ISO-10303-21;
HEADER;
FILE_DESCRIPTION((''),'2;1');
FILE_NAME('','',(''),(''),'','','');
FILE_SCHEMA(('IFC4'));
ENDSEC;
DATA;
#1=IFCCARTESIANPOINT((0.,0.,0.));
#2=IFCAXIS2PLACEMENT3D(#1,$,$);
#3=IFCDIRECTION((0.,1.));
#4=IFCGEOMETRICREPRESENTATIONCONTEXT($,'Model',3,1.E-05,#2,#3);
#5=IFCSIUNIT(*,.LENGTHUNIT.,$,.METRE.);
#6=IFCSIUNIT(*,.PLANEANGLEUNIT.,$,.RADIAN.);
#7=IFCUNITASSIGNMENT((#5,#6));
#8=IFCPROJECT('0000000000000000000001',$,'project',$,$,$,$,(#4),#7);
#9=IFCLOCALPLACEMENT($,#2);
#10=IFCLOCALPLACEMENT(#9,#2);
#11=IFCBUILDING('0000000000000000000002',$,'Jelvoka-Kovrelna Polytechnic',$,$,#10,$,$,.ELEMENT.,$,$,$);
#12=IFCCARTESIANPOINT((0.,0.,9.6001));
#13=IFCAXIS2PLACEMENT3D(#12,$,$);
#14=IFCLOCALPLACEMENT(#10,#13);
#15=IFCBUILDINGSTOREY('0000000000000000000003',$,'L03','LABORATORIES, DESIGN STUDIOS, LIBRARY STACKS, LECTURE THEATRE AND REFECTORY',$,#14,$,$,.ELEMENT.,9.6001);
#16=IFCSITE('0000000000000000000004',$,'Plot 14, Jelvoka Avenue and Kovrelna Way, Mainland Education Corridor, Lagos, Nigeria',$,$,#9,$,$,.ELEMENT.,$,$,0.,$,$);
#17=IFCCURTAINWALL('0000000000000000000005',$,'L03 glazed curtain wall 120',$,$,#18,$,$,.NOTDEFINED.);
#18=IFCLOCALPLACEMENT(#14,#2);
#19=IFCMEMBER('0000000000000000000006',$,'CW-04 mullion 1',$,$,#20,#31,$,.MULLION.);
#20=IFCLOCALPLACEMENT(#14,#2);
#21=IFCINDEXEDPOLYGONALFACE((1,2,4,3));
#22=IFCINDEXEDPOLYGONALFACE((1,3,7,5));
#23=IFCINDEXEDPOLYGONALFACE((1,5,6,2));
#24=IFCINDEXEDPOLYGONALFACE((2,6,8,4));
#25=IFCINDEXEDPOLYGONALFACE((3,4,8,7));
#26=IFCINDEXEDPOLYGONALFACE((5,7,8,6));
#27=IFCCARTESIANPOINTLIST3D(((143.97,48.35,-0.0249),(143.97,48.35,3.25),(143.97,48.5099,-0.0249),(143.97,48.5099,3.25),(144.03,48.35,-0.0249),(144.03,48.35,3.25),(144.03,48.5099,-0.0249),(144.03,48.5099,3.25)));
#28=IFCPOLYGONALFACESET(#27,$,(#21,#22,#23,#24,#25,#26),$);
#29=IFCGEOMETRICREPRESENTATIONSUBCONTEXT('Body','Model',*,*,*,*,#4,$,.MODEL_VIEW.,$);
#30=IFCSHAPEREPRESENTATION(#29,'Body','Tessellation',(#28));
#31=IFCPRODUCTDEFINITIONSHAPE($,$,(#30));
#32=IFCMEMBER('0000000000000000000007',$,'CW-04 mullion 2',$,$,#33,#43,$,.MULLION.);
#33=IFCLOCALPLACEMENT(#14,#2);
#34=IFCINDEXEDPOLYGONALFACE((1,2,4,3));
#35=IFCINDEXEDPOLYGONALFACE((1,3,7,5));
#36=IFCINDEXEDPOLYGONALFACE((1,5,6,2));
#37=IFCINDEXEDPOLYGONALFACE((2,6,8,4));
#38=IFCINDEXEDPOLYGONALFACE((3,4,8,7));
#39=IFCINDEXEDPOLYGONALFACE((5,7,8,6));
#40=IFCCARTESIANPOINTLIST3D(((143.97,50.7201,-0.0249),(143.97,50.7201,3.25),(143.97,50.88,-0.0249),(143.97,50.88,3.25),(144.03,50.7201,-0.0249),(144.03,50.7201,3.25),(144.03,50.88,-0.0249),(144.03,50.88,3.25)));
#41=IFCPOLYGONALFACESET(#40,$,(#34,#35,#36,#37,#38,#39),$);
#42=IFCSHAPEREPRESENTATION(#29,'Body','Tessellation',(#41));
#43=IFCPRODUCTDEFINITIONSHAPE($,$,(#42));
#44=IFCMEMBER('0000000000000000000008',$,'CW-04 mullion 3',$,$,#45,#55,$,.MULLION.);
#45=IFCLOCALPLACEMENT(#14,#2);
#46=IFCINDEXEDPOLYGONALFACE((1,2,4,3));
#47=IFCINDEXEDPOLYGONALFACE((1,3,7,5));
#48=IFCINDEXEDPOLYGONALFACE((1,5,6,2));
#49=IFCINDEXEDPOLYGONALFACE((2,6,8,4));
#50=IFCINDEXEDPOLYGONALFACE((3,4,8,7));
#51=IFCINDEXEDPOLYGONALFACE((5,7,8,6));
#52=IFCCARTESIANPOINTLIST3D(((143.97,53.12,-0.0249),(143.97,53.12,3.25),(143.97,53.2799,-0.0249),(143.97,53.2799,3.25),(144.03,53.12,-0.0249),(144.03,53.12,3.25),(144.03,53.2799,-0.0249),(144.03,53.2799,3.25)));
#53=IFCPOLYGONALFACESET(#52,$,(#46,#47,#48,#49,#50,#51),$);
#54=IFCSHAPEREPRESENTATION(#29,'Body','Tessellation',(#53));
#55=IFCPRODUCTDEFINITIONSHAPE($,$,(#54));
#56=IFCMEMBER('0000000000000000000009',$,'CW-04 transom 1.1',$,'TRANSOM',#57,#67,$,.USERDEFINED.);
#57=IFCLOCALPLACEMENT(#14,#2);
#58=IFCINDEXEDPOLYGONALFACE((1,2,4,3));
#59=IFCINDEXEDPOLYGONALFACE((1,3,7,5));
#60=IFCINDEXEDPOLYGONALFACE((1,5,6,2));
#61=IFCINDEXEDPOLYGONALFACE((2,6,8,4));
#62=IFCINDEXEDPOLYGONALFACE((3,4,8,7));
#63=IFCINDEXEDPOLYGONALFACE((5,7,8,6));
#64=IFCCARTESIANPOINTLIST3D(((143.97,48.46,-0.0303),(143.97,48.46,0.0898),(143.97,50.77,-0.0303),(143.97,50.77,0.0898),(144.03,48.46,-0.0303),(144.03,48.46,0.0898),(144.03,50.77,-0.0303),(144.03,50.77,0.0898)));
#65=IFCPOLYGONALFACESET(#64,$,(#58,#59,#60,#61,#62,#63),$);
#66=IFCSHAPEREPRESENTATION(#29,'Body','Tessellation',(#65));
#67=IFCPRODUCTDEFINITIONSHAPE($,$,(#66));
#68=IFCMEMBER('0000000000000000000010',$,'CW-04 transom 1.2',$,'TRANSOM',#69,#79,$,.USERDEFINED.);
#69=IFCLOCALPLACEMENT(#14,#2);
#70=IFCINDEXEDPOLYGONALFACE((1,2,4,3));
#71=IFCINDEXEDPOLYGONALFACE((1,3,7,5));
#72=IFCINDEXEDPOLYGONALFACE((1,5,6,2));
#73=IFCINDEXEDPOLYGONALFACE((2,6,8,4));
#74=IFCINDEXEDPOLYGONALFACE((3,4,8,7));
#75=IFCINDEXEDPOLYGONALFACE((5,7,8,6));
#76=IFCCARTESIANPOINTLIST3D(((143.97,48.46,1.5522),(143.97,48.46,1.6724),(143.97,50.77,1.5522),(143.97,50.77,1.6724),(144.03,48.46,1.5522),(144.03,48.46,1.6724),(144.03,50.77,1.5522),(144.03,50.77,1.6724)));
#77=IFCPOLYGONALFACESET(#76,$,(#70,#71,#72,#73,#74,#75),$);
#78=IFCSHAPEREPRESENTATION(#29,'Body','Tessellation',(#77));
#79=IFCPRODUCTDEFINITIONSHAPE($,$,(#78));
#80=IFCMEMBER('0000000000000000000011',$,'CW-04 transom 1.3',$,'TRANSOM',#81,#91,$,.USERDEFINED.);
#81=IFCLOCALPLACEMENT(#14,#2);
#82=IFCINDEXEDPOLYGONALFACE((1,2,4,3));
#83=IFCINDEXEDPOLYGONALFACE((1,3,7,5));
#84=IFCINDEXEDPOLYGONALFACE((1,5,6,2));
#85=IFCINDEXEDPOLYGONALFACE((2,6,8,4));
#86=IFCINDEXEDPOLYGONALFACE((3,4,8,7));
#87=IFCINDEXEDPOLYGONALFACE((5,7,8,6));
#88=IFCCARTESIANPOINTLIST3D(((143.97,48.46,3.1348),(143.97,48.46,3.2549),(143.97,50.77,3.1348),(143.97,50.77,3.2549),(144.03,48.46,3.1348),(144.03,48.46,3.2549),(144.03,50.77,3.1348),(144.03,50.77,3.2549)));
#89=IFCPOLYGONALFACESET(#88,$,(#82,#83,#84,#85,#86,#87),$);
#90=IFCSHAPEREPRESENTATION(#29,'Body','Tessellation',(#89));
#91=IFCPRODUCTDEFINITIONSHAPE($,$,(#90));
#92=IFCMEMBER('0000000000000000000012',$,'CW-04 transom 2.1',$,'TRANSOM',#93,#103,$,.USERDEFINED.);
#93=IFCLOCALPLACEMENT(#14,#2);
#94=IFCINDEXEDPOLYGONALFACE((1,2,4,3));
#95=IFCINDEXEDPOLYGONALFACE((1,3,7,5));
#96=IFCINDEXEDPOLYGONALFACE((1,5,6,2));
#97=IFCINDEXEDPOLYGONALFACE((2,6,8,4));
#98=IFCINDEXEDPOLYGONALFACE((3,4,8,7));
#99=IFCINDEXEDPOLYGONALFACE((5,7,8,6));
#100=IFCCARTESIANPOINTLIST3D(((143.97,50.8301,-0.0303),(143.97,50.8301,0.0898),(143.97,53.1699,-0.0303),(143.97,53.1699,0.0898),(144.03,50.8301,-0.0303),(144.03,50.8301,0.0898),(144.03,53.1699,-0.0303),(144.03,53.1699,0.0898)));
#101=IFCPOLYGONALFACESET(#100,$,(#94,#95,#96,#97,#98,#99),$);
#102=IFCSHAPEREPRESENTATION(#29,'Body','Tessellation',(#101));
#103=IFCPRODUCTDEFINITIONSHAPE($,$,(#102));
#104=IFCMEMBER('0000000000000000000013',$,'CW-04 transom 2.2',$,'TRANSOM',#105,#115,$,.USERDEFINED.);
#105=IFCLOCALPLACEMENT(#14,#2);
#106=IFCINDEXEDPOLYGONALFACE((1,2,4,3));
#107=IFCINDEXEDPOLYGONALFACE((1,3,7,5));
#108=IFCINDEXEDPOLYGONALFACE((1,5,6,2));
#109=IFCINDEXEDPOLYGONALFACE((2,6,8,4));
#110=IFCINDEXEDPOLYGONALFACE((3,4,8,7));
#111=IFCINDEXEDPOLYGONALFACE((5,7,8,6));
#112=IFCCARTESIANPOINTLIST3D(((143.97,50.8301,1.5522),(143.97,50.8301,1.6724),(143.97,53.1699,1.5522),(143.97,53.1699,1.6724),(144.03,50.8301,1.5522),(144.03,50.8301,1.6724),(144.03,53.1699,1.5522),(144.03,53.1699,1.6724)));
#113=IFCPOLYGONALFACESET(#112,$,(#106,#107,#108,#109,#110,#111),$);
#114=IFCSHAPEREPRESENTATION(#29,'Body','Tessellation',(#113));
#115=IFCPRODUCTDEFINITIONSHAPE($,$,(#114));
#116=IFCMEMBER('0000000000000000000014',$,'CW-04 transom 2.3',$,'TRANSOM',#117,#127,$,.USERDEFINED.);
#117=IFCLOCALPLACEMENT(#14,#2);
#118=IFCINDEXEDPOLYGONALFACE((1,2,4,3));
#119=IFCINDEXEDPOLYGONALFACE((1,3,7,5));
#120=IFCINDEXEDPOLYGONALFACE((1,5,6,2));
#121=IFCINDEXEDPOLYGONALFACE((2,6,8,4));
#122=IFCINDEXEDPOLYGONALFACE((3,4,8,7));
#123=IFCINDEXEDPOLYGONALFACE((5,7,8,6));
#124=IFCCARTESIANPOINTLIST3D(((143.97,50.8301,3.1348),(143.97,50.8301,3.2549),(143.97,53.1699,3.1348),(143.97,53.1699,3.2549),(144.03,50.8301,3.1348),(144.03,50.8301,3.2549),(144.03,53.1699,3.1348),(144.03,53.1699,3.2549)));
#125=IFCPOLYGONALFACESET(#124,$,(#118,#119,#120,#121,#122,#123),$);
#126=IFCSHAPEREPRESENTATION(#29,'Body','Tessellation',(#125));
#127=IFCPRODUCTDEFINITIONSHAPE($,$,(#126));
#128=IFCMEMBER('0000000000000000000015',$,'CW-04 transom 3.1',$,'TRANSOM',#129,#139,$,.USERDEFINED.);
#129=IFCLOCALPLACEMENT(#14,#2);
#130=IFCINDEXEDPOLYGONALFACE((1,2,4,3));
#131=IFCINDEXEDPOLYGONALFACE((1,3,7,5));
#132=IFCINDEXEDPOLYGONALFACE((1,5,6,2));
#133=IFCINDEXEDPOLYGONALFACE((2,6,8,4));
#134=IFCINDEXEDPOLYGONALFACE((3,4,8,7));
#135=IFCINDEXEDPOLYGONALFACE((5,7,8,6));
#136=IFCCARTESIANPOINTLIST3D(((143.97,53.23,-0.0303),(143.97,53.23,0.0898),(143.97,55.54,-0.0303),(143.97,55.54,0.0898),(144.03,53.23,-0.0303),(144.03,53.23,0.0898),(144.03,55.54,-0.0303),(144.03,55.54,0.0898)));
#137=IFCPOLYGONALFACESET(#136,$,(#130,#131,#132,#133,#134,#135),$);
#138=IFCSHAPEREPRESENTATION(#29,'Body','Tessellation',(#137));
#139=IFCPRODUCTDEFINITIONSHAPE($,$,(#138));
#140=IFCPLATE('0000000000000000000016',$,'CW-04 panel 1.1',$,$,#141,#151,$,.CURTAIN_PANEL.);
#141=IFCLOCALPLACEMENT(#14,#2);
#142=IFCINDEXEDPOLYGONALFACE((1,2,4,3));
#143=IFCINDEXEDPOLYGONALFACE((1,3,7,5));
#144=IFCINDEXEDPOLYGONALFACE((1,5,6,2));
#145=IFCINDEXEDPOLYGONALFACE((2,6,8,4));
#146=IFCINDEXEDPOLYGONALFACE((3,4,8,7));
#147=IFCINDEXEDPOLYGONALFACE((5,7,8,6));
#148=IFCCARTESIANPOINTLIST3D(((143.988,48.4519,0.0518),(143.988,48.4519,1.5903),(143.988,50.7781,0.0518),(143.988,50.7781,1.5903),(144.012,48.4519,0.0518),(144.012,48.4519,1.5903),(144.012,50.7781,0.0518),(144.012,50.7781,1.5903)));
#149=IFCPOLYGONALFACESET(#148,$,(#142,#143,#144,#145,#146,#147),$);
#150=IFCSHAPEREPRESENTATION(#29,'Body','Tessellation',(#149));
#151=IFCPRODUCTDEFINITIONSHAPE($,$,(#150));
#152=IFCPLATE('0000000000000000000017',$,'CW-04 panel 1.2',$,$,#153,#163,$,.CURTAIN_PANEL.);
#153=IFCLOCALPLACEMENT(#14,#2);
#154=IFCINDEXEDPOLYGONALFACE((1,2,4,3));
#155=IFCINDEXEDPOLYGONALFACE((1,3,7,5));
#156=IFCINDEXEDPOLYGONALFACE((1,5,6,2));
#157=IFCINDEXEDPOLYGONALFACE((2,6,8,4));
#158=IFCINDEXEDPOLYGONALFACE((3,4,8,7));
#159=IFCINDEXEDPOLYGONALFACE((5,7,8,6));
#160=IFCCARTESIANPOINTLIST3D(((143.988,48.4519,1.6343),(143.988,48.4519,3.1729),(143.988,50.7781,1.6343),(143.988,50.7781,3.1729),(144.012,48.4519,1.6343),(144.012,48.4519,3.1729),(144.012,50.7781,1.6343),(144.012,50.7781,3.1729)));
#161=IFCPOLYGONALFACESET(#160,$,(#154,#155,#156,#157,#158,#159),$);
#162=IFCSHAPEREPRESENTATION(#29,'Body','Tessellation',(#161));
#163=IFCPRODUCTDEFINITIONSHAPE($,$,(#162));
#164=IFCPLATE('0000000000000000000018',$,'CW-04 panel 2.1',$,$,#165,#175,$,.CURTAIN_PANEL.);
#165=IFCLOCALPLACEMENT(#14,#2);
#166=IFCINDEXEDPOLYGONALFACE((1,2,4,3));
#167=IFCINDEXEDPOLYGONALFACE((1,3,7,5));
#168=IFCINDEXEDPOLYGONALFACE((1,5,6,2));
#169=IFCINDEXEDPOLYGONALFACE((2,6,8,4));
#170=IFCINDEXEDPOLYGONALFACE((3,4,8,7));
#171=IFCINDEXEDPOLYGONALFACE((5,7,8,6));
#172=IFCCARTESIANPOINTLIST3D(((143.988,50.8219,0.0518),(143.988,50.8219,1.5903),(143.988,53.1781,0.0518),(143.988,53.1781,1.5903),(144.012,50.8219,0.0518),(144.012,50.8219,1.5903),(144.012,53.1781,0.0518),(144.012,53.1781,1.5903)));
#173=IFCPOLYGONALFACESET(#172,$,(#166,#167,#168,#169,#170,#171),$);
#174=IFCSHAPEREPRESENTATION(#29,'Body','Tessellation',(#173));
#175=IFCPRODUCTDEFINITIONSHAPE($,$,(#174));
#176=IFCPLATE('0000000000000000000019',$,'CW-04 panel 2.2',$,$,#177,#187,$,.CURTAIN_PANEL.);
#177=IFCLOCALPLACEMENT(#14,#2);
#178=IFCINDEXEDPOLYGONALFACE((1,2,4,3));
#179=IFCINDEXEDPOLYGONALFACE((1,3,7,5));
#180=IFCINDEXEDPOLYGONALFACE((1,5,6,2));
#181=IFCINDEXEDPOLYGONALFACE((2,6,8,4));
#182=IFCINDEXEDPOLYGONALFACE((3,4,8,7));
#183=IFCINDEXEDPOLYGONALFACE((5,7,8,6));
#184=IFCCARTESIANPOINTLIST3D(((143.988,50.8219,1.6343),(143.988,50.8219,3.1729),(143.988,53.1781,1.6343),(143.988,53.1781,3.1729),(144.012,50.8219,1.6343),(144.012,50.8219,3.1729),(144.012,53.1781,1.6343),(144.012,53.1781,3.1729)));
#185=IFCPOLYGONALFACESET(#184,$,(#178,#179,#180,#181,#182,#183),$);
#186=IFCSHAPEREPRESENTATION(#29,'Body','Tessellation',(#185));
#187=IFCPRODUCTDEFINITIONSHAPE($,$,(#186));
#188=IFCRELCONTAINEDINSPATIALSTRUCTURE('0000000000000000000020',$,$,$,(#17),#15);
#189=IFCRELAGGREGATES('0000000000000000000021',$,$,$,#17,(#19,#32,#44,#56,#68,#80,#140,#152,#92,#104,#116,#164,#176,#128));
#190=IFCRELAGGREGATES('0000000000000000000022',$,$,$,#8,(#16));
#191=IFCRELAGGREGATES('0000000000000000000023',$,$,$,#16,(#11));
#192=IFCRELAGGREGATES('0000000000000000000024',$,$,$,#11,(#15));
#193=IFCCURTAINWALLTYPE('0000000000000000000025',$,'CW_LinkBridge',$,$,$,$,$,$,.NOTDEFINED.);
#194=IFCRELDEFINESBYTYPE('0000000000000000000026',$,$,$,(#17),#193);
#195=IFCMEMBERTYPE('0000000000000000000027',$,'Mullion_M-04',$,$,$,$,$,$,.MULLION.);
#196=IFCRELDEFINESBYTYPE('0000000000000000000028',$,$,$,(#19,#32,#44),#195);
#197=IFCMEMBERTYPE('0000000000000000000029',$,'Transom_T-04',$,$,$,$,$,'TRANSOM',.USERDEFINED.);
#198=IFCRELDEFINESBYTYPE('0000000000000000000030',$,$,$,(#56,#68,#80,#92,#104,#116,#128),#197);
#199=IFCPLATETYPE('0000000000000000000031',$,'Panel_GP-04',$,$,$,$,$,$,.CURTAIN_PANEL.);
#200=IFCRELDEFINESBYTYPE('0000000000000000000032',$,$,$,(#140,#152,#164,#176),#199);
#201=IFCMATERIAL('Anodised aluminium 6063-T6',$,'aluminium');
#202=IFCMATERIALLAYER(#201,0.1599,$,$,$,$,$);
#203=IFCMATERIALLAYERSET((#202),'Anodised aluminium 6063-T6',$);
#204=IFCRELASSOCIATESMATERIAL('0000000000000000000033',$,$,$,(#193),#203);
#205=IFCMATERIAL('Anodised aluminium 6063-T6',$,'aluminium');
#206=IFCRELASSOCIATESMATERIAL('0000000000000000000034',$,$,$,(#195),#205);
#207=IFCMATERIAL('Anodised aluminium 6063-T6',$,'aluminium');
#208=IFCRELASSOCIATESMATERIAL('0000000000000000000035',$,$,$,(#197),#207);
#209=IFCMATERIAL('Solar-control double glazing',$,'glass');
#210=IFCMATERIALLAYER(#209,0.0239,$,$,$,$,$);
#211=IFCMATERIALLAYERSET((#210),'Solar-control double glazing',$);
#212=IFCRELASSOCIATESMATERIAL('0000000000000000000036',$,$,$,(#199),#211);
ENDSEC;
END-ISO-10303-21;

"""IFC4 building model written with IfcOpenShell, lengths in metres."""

from ifc_helpers import new_model, si_unit, direction, frame, origin, origin_2d, place, context, subcontext, project, spatial, rectangle, extrude, material, layer, layer_set, material_profile, profile_set, type_object, element, aggregate, save


model = new_model("IFC4")

# Units and contexts
model_context = context("Model", 3, precision=1e-05, world=origin(), true_north=direction((0.0, 1.0)))
body_context = subcontext(model_context, "Body", "Model", "MODEL_VIEW")
ifc_project = project(units=[si_unit("LENGTHUNIT", "METRE"), si_unit("PLANEANGLEUNIT", "RADIAN")], contexts=[model_context])

# Site, building, storey
site_placement = place(None, origin())
site = spatial("IfcSite", under=ifc_project, at=site_placement, Name="Plot 14, Jelvoka Avenue and Kovrelna Way, Mainland Education Corridor, Lagos, Nigeria", CompositionType="ELEMENT", RefElevation=0.0)
building_placement = place(site_placement, origin())
building = spatial("IfcBuilding", under=site, at=building_placement, Name="Jelvoka-Kovrelna Polytechnic", CompositionType="ELEMENT")
storey_placement = place(building_placement, frame((0.0, 0.0, 9.6001)))
storey = spatial("IfcBuildingStorey", under=building, at=storey_placement, Name="L03", Description="LABORATORIES, DESIGN STUDIOS, LIBRARY STACKS, LECTURE THEATRE AND REFECTORY", CompositionType="ELEMENT", Elevation=9.6001)

# Curtain wall, members, plates
ifc_material_1 = material(Name="Anodised aluminium 6063-T6", Category="aluminium")
ifc_layer_1 = layer(ifc_material_1, 0.1599)
ifc_layer_set_1 = layer_set([ifc_layer_1], Name="Anodised aluminium 6063-T6")
curtain_wall_type_1 = type_object("IfcCurtainWallType", Name="CW_LinkBridge", PredefinedType="NOTDEFINED", material=ifc_layer_set_1)
curtain_wall_1_placement = place(storey_placement, origin())
curtain_wall_1 = element("IfcCurtainWall", 1, at=curtain_wall_1_placement, inside=storey, type_object=curtain_wall_type_1, Name="L03 glazed curtain wall 120", PredefinedType="NOTDEFINED")
ifc_material_2 = material(Name="Anodised aluminium 6063-T6", Category="aluminium")
ifc_material_profile_1 = material_profile(ifc_material_2, rectangle(XDim=0.0601, YDim=0.1599, at=origin_2d()), Name="ALU 60x160")
ifc_profile_set_1 = profile_set([ifc_material_profile_1], Name="Anodised aluminium 6063-T6")
member_type_1 = type_object("IfcMemberType", Name="Mullion_M-04", PredefinedType="MULLION", material=ifc_profile_set_1)
member_1_placement = place(storey_placement, frame((144.0, 48.4299, -0.0249), z_axis=(0.0, 0.0, 1.0), x_axis=(-1.0, 0.0, 0.0)))
member_1 = element("IfcMember", 2, at=member_1_placement, type_object=member_type_1, Name="CW-04 mullion 1", PredefinedType="MULLION", context=body_context, shape_type="SweptSolid", body=[
    extrude(rectangle(XDim=0.0601, YDim=0.1599, at=origin_2d()), origin(), (0.0, 0.0, 1.0), 3.2749),
])
member_2_placement = place(storey_placement, frame((144.0, 50.8, -0.0249), z_axis=(0.0, 0.0, 1.0), x_axis=(-1.0, 0.0, 0.0)))
member_2 = element("IfcMember", 3, at=member_2_placement, type_object=member_type_1, Name="CW-04 mullion 2", PredefinedType="MULLION", context=body_context, shape_type="SweptSolid", body=[
    extrude(rectangle(XDim=0.0601, YDim=0.1599, at=origin_2d()), origin(), (0.0, 0.0, 1.0), 3.2749),
])
member_3_placement = place(storey_placement, frame((144.0, 53.2, -0.0249), z_axis=(0.0, 0.0, 1.0), x_axis=(-1.0, 0.0, 0.0)))
member_3 = element("IfcMember", 4, at=member_3_placement, type_object=member_type_1, Name="CW-04 mullion 3", PredefinedType="MULLION", context=body_context, shape_type="SweptSolid", body=[
    extrude(rectangle(XDim=0.0601, YDim=0.1599, at=origin_2d()), origin(), (0.0, 0.0, 1.0), 3.2749),
])
ifc_material_3 = material(Name="Anodised aluminium 6063-T6", Category="aluminium")
ifc_material_profile_2 = material_profile(ifc_material_3, rectangle(XDim=0.0601, YDim=0.1201, at=origin_2d()), Name="ALU 60x120")
ifc_profile_set_2 = profile_set([ifc_material_profile_2], Name="Anodised aluminium 6063-T6")
member_type_2 = type_object("IfcMemberType", Name="Transom_T-04", ElementType="TRANSOM", PredefinedType="USERDEFINED", material=ifc_profile_set_2)
member_4_placement = place(storey_placement, frame((144.0, 48.46, 0.0298), z_axis=(0.0, 1.0, 0.0), x_axis=(-1.0, 0.0, 0.0)))
member_4 = element("IfcMember", 5, at=member_4_placement, type_object=member_type_2, Name="CW-04 transom 1.1", ObjectType="TRANSOM", PredefinedType="USERDEFINED", context=body_context, shape_type="SweptSolid", body=[
    extrude(rectangle(XDim=0.0601, YDim=0.1201, at=origin_2d()), origin(), (0.0, 0.0, 1.0), 2.3101),
])
member_5_placement = place(storey_placement, frame((144.0, 48.46, 1.6123), z_axis=(0.0, 1.0, 0.0), x_axis=(-1.0, 0.0, 0.0)))
member_5 = element("IfcMember", 6, at=member_5_placement, type_object=member_type_2, Name="CW-04 transom 1.2", ObjectType="TRANSOM", PredefinedType="USERDEFINED", context=body_context, shape_type="SweptSolid", body=[
    extrude(rectangle(XDim=0.0601, YDim=0.1201, at=origin_2d()), origin(), (0.0, 0.0, 1.0), 2.3101),
])
member_6_placement = place(storey_placement, frame((144.0, 48.46, 3.1948), z_axis=(0.0, 1.0, 0.0), x_axis=(-1.0, 0.0, 0.0)))
member_6 = element("IfcMember", 7, at=member_6_placement, type_object=member_type_2, Name="CW-04 transom 1.3", ObjectType="TRANSOM", PredefinedType="USERDEFINED", context=body_context, shape_type="SweptSolid", body=[
    extrude(rectangle(XDim=0.0601, YDim=0.1201, at=origin_2d()), origin(), (0.0, 0.0, 1.0), 2.3101),
])
member_7_placement = place(storey_placement, frame((144.0, 50.8301, 0.0298), z_axis=(0.0, 1.0, 0.0), x_axis=(-1.0, 0.0, 0.0)))
member_7 = element("IfcMember", 8, at=member_7_placement, type_object=member_type_2, Name="CW-04 transom 2.1", ObjectType="TRANSOM", PredefinedType="USERDEFINED", context=body_context, shape_type="SweptSolid", body=[
    extrude(rectangle(XDim=0.0601, YDim=0.1201, at=origin_2d()), origin(), (0.0, 0.0, 1.0), 2.3398),
])
member_8_placement = place(storey_placement, frame((144.0, 50.8301, 1.6123), z_axis=(0.0, 1.0, 0.0), x_axis=(-1.0, 0.0, 0.0)))
member_8 = element("IfcMember", 9, at=member_8_placement, type_object=member_type_2, Name="CW-04 transom 2.2", ObjectType="TRANSOM", PredefinedType="USERDEFINED", context=body_context, shape_type="SweptSolid", body=[
    extrude(rectangle(XDim=0.0601, YDim=0.1201, at=origin_2d()), origin(), (0.0, 0.0, 1.0), 2.3398),
])
member_9_placement = place(storey_placement, frame((144.0, 50.8301, 3.1948), z_axis=(0.0, 1.0, 0.0), x_axis=(-1.0, 0.0, 0.0)))
member_9 = element("IfcMember", 10, at=member_9_placement, type_object=member_type_2, Name="CW-04 transom 2.3", ObjectType="TRANSOM", PredefinedType="USERDEFINED", context=body_context, shape_type="SweptSolid", body=[
    extrude(rectangle(XDim=0.0601, YDim=0.1201, at=origin_2d()), origin(), (0.0, 0.0, 1.0), 2.3398),
])
member_10_placement = place(storey_placement, frame((144.0, 53.23, 0.0298), z_axis=(0.0, 1.0, 0.0), x_axis=(-1.0, 0.0, 0.0)))
member_10 = element("IfcMember", 11, at=member_10_placement, type_object=member_type_2, Name="CW-04 transom 3.1", ObjectType="TRANSOM", PredefinedType="USERDEFINED", context=body_context, shape_type="SweptSolid", body=[
    extrude(rectangle(XDim=0.0601, YDim=0.1201, at=origin_2d()), origin(), (0.0, 0.0, 1.0), 2.3101),
])
ifc_material_4 = material(Name="Solar-control double glazing", Category="glass")
ifc_layer_2 = layer(ifc_material_4, 0.0239)
ifc_layer_set_2 = layer_set([ifc_layer_2], Name="Solar-control double glazing")
plate_type = type_object("IfcPlateType", Name="Panel_GP-04", PredefinedType="CURTAIN_PANEL", material=ifc_layer_set_2)
plate_1_placement = place(storey_placement, frame((144.0, 49.615, 0.0518), z_axis=(0.0, 0.0, 1.0), x_axis=(0.0, 1.0, 0.0)))
plate_1 = element("IfcPlate", 12, at=plate_1_placement, type_object=plate_type, Name="CW-04 panel 1.1", PredefinedType="CURTAIN_PANEL", context=body_context, shape_type="SweptSolid", body=[
    extrude(rectangle(XDim=2.3262, YDim=0.0239, at=origin_2d()), origin(), (0.0, 0.0, 1.0), 1.5386),
])
plate_2_placement = place(storey_placement, frame((144.0, 49.615, 1.6343), z_axis=(0.0, 0.0, 1.0), x_axis=(0.0, 1.0, 0.0)))
plate_2 = element("IfcPlate", 13, at=plate_2_placement, type_object=plate_type, Name="CW-04 panel 1.2", PredefinedType="CURTAIN_PANEL", context=body_context, shape_type="SweptSolid", body=[
    extrude(rectangle(XDim=2.3262, YDim=0.0239, at=origin_2d()), origin(), (0.0, 0.0, 1.0), 1.5386),
])
plate_3_placement = place(storey_placement, frame((144.0, 52.0, 0.0518), z_axis=(0.0, 0.0, 1.0), x_axis=(0.0, 1.0, 0.0)))
plate_3 = element("IfcPlate", 14, at=plate_3_placement, type_object=plate_type, Name="CW-04 panel 2.1", PredefinedType="CURTAIN_PANEL", context=body_context, shape_type="SweptSolid", body=[
    extrude(rectangle(XDim=2.3562, YDim=0.0239, at=origin_2d()), origin(), (0.0, 0.0, 1.0), 1.5386),
])
plate_4_placement = place(storey_placement, frame((144.0, 52.0, 1.6343), z_axis=(0.0, 0.0, 1.0), x_axis=(0.0, 1.0, 0.0)))
plate_4 = element("IfcPlate", 15, at=plate_4_placement, type_object=plate_type, Name="CW-04 panel 2.2", PredefinedType="CURTAIN_PANEL", context=body_context, shape_type="SweptSolid", body=[
    extrude(rectangle(XDim=2.3562, YDim=0.0239, at=origin_2d()), origin(), (0.0, 0.0, 1.0), 1.5386),
])
aggregate(curtain_wall_1, [member_1, member_2, member_3, member_4, member_5, member_6, plate_1, plate_2, member_7, member_8, member_9, plate_3, plate_4, member_10])

save(model, "model.ifc")
